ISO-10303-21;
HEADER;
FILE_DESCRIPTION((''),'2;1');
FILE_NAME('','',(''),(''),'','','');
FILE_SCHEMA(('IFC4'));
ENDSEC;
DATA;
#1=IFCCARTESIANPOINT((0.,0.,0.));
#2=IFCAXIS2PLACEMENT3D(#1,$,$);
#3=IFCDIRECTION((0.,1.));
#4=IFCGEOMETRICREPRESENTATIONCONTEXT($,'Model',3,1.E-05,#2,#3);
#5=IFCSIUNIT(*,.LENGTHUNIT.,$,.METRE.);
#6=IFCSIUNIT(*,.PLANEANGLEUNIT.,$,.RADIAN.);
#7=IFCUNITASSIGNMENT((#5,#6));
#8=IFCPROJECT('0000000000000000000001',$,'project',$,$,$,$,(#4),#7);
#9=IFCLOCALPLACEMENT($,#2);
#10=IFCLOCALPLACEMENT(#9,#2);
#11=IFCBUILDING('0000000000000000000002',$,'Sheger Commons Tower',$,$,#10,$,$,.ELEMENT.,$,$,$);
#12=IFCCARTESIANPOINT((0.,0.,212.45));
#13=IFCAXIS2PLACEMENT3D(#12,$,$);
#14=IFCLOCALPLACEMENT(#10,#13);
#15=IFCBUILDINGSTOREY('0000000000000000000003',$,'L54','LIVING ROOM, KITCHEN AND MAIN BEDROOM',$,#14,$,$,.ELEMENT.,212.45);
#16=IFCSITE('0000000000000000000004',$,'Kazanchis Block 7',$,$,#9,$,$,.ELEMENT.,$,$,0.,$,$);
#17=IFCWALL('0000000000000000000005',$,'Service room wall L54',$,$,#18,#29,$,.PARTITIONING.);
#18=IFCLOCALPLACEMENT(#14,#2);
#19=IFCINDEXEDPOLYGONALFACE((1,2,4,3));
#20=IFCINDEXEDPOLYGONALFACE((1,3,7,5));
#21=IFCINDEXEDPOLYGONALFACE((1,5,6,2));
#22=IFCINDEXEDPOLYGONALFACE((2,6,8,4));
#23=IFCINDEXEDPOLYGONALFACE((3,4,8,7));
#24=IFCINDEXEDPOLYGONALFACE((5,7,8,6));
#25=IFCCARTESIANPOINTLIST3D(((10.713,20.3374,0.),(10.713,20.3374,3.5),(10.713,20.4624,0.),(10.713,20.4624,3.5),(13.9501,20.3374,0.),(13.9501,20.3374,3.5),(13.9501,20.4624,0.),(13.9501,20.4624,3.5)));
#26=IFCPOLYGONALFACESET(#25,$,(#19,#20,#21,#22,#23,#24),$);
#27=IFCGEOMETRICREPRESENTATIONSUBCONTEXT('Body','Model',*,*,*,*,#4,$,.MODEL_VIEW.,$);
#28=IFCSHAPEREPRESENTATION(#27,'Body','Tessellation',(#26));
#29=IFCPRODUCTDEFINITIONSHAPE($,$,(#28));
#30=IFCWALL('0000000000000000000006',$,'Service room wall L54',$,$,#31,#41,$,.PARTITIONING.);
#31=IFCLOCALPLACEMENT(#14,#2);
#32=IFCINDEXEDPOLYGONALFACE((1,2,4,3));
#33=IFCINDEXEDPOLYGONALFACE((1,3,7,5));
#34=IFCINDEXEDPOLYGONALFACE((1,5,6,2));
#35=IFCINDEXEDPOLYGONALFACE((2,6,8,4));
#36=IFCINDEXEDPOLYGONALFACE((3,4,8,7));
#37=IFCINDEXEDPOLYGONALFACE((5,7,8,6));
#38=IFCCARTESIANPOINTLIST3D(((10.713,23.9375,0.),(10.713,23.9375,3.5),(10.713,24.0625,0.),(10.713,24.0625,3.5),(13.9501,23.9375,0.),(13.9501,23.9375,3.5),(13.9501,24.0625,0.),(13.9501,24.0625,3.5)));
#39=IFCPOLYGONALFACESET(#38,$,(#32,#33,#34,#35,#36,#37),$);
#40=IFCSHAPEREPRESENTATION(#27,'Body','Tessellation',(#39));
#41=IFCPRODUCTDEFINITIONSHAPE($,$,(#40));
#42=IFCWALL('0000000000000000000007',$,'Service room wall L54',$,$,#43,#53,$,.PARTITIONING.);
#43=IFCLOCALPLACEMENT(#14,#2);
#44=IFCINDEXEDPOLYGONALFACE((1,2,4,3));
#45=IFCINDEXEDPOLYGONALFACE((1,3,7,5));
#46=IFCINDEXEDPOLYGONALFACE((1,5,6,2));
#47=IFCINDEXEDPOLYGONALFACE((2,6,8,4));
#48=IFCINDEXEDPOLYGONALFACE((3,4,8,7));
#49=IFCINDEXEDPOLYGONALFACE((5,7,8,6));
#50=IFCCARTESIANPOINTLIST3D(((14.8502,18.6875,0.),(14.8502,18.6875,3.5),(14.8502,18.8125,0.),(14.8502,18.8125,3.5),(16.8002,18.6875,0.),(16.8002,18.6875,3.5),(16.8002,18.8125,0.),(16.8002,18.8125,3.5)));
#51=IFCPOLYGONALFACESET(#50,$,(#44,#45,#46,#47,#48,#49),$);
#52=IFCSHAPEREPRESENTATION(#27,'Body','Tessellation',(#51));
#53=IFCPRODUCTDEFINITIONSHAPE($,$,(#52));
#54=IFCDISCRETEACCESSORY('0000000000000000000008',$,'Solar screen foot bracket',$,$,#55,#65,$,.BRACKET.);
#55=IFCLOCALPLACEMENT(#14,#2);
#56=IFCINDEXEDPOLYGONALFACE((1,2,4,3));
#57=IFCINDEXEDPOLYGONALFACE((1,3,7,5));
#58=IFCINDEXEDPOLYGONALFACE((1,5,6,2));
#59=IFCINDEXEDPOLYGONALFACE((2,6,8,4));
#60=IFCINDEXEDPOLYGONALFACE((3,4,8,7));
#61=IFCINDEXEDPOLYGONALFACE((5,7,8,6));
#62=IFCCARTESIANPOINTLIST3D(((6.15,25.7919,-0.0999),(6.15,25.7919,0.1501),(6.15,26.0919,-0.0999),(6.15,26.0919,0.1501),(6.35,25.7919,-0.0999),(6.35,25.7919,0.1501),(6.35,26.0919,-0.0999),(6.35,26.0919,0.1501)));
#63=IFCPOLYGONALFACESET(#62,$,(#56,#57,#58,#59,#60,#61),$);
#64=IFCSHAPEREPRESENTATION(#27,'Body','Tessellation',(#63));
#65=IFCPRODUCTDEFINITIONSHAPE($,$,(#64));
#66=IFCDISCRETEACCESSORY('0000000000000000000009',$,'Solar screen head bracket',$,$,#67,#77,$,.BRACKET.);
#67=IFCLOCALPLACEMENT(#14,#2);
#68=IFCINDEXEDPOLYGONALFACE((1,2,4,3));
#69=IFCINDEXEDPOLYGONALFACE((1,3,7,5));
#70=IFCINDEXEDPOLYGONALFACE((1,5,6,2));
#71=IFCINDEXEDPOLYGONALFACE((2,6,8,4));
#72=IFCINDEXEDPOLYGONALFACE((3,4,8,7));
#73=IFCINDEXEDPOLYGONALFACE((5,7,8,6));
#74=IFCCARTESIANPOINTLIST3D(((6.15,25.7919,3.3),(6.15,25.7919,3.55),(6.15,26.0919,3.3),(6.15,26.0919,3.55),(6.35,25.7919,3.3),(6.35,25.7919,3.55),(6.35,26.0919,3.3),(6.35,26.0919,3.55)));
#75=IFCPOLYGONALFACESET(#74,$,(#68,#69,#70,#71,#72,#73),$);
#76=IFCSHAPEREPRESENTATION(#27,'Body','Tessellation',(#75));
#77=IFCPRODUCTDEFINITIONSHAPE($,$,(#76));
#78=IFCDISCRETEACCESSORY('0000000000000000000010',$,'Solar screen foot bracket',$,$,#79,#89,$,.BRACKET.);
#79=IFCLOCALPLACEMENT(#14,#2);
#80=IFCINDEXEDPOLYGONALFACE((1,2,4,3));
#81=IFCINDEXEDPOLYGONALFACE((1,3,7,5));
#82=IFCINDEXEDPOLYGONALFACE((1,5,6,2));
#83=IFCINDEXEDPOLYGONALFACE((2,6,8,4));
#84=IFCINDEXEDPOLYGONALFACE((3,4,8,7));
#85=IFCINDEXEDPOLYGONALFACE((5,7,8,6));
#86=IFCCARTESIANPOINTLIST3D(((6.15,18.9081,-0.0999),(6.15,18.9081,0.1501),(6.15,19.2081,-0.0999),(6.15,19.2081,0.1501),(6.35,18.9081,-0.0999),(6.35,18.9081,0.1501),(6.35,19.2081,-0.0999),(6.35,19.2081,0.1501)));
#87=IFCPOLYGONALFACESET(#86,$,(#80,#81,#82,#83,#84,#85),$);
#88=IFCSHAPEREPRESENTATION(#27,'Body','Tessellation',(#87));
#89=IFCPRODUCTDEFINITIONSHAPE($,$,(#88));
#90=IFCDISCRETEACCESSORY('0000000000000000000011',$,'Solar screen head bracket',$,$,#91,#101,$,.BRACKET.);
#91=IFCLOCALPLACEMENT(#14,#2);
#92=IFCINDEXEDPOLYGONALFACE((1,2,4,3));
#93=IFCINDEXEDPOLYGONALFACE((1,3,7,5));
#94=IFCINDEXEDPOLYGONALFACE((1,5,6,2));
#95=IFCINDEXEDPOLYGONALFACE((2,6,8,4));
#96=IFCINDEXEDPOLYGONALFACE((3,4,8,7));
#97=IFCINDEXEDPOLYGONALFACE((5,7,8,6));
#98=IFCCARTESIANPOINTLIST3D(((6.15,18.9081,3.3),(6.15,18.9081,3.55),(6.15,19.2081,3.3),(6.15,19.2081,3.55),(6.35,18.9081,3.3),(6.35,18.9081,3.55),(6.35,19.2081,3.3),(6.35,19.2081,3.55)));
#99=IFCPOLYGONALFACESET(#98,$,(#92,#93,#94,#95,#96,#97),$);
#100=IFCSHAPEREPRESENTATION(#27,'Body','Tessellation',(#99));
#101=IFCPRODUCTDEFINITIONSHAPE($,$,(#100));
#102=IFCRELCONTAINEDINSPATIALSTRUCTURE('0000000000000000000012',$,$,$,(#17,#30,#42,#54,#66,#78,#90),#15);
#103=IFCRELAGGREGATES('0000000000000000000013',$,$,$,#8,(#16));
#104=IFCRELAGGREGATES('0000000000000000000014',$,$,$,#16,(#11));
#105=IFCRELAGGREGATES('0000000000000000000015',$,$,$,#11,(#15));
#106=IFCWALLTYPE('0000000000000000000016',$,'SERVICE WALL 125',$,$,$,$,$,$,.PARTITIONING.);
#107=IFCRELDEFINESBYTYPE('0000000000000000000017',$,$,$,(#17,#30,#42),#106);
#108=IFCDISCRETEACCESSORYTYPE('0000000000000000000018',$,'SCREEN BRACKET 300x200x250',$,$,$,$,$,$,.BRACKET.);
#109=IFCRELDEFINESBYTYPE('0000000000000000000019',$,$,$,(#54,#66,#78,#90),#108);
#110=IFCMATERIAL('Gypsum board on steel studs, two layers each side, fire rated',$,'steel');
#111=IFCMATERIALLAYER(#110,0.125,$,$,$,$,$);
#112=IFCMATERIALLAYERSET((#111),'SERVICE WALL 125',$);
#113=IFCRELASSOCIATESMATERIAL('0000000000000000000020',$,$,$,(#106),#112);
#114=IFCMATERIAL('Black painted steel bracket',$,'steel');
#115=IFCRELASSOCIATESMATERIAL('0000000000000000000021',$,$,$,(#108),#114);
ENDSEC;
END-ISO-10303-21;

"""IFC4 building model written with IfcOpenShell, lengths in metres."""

from ifc_helpers import new_model, si_unit, direction, frame, frame_2d, origin, origin_2d, place, context, subcontext, project, spatial, rectangle, extrude, material, layer, layer_set, type_object, element, save


model = new_model("IFC4")

# Units and contexts
model_context = context("Model", 3, precision=1e-05, world=origin(), true_north=direction((0.0, 1.0)))
body_context = subcontext(model_context, "Body", "Model", "MODEL_VIEW")
ifc_project = project(units=[si_unit("LENGTHUNIT", "METRE"), si_unit("PLANEANGLEUNIT", "RADIAN")], contexts=[model_context])

# Site, building, storey
site_placement = place(None, origin())
site = spatial("IfcSite", under=ifc_project, at=site_placement, Name="Kazanchis Block 7", CompositionType="ELEMENT", RefElevation=0.0)
building_placement = place(site_placement, origin())
building = spatial("IfcBuilding", under=site, at=building_placement, Name="Sheger Commons Tower", CompositionType="ELEMENT")
storey_placement = place(building_placement, frame((0.0, 0.0, 212.45)))
storey = spatial("IfcBuildingStorey", under=building, at=storey_placement, Name="L54", Description="LIVING ROOM, KITCHEN AND MAIN BEDROOM", CompositionType="ELEMENT", Elevation=212.45)

# Walls
ifc_material_1 = material(Name="Gypsum board on steel studs, two layers each side, fire rated", Category="steel")
ifc_layer_1 = layer(ifc_material_1, 0.125)
ifc_layer_set_1 = layer_set([ifc_layer_1], Name="SERVICE WALL 125")
wall_type_1 = type_object("IfcWallType", Name="SERVICE WALL 125", PredefinedType="PARTITIONING", material=ifc_layer_set_1)
for number, where, z_axis, x_axis, name in (
    (1, (10.7129, 20.3999, 0.0), (0.0, 0.0, 1.0), (1.0, 0.0, 0.0), "Service room wall L54"),
    (2, (10.7129, 24.0, 0.0), (0.0, 0.0, 1.0), (1.0, 0.0, 0.0), "Service room wall L54"),
):
    element("IfcWall", number, at=place(storey_placement, frame(where, z_axis=z_axis, x_axis=x_axis)), inside=storey, type_object=wall_type_1, Name=name, PredefinedType="PARTITIONING", context=body_context, shape_type="SweptSolid", body=[
        extrude(rectangle(XDim=3.2371, YDim=0.125, at=frame_2d((1.6187, 0.0))), origin(), (0.0, 0.0, 1.0), 3.5),
    ])
wall_1_placement = place(storey_placement, frame((14.8501, 18.75, 0.0), z_axis=(0.0, 0.0, 1.0), x_axis=(1.0, 0.0, 0.0)))
element("IfcWall", 3, at=wall_1_placement, inside=storey, type_object=wall_type_1, Name="Service room wall L54", PredefinedType="PARTITIONING", context=body_context, shape_type="SweptSolid", body=[
    extrude(rectangle(XDim=1.95, YDim=0.125, at=frame_2d((0.9751, 0.0))), origin(), (0.0, 0.0, 1.0), 3.5),
])

# Discrete accessories
ifc_material_2 = material(Name="Black painted steel bracket", Category="steel")
discrete_accessory_type = type_object("IfcDiscreteAccessoryType", Name="SCREEN BRACKET 300x200x250", PredefinedType="BRACKET", material=ifc_material_2)
for number, where, z_axis, x_axis, name in (
    (4, (6.25, 25.9419, -0.0999), (0.0, 0.0, 1.0), (0.0, -1.0, 0.0), "Solar screen foot bracket"),
    (5, (6.25, 25.9419, 3.3), (0.0, 0.0, 1.0), (0.0, -1.0, 0.0), "Solar screen head bracket"),
    (6, (6.25, 19.0581, -0.0999), (0.0, 0.0, 1.0), (0.0, -1.0, 0.0), "Solar screen foot bracket"),
    (7, (6.25, 19.0581, 3.3), (0.0, 0.0, 1.0), (0.0, -1.0, 0.0), "Solar screen head bracket"),
):
    element("IfcDiscreteAccessory", number, at=place(storey_placement, frame(where, z_axis=z_axis, x_axis=x_axis)), inside=storey, type_object=discrete_accessory_type, Name=name, PredefinedType="BRACKET", context=body_context, shape_type="SweptSolid", body=[
        extrude(rectangle(XDim=0.3, YDim=0.2, at=origin_2d()), origin(), (0.0, 0.0, 1.0), 0.25),
    ])

save(model, "model.ifc")
